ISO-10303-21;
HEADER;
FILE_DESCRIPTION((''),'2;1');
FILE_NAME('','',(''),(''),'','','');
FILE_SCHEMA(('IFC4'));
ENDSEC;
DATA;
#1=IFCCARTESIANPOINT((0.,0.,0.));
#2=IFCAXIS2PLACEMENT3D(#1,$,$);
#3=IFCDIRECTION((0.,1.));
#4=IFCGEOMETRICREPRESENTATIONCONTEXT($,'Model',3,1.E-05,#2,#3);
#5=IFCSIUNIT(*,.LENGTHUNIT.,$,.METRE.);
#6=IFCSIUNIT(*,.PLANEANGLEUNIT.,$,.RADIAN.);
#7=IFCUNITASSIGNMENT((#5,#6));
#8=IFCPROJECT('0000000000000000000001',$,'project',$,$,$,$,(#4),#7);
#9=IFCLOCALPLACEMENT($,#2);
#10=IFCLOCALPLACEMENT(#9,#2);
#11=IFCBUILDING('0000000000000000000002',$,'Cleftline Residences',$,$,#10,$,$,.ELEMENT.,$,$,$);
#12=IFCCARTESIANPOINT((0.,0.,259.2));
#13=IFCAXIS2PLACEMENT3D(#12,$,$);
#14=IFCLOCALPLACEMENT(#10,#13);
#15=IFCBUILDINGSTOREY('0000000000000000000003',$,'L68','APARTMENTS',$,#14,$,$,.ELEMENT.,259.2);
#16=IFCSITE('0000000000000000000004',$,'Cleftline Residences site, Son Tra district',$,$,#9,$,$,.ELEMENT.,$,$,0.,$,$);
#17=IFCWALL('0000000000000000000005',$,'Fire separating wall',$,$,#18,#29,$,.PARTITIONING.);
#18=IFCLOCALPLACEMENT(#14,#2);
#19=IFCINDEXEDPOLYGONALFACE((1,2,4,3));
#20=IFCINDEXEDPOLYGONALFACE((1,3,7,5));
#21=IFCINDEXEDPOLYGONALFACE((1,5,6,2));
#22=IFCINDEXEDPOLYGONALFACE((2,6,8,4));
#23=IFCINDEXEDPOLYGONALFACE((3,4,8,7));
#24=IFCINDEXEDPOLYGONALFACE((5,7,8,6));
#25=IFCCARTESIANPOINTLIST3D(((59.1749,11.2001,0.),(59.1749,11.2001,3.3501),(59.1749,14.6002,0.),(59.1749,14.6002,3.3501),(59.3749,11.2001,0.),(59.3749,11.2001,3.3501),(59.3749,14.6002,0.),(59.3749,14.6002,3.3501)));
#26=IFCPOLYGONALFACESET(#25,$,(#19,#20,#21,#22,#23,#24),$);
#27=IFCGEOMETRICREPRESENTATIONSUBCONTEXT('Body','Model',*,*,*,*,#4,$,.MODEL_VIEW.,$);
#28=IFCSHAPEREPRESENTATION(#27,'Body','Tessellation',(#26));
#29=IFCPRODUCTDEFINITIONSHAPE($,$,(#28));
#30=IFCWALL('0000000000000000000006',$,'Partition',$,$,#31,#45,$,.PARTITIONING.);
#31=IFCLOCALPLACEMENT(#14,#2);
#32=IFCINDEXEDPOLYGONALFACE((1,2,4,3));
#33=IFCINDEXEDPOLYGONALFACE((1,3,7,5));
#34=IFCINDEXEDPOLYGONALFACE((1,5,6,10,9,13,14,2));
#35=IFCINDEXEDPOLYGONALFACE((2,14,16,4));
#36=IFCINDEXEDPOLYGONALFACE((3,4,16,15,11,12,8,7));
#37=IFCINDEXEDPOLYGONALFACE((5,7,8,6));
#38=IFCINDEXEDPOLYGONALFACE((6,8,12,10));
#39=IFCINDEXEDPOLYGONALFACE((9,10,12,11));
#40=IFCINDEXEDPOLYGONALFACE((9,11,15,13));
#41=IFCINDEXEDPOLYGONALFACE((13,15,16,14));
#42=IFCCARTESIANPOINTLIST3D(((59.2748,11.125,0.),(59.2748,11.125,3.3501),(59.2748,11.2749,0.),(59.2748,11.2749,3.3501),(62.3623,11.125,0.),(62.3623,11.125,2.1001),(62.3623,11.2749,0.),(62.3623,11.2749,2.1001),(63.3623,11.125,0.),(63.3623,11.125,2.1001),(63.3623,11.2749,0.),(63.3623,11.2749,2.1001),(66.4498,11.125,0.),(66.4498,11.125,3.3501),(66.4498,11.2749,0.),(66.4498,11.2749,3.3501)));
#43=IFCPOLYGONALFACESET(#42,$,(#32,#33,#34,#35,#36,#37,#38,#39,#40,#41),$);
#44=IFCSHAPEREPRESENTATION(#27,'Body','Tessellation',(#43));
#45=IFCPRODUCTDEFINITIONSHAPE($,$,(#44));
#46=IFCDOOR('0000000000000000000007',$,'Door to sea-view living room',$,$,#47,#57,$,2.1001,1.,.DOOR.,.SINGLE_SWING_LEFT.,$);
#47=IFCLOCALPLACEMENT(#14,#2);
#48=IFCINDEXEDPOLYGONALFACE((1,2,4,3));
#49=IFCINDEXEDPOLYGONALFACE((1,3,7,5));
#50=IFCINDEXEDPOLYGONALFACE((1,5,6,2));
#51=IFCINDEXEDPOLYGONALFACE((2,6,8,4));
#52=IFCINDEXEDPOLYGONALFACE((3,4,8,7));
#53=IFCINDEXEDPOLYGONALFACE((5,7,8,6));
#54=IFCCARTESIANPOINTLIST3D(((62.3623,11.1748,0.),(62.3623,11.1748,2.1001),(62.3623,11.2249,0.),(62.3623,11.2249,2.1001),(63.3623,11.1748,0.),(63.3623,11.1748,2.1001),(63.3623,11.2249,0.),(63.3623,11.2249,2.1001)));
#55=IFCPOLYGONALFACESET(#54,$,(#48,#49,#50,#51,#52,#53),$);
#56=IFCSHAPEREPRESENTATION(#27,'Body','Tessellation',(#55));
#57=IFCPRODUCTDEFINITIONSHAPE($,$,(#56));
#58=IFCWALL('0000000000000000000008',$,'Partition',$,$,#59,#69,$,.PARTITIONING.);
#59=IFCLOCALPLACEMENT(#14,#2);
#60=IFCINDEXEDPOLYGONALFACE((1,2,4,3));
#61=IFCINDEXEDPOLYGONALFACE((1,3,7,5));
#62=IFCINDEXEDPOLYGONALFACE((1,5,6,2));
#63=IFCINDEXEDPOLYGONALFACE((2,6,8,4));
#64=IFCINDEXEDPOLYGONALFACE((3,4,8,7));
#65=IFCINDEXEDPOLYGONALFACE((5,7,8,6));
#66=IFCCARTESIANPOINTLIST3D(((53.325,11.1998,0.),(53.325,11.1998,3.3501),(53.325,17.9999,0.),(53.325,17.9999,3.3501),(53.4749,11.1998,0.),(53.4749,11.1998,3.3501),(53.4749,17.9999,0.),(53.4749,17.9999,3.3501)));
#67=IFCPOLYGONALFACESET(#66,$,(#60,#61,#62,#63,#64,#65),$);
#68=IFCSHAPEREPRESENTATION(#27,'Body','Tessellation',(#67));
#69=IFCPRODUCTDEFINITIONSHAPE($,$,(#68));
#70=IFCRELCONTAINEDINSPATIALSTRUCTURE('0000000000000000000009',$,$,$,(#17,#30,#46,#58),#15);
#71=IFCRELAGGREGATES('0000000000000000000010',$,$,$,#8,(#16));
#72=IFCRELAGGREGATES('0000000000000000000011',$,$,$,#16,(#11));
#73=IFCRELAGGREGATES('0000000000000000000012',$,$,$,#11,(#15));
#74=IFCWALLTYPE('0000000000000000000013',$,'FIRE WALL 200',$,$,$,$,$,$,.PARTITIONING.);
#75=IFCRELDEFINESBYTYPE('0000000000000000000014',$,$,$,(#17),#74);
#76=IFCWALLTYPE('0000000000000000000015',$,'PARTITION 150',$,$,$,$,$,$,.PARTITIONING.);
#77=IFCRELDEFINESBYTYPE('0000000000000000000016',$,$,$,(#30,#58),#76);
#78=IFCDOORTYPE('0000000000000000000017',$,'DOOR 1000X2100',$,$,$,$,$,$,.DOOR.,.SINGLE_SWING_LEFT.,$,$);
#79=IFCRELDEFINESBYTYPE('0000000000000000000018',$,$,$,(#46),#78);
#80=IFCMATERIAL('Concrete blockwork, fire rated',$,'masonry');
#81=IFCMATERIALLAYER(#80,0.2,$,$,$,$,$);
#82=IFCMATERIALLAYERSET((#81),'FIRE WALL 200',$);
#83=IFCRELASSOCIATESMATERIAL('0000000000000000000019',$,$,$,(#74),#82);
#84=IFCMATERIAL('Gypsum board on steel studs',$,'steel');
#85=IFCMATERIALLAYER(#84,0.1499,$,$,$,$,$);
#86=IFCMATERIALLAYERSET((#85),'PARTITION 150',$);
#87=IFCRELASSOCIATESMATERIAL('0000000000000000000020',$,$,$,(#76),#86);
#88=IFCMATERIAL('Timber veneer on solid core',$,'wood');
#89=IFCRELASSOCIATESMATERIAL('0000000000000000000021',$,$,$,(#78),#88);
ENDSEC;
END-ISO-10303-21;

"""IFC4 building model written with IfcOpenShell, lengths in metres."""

from ifc_helpers import new_model, si_unit, direction, frame, frame_2d, origin, place, context, subcontext, project, spatial, rectangle, extrude, material, layer, layer_set, type_object, element, fill, save


model = new_model("IFC4")

# Units and contexts
model_context = context("Model", 3, precision=1e-05, world=origin(), true_north=direction((0.0, 1.0)))
body_context = subcontext(model_context, "Body", "Model", "MODEL_VIEW")
ifc_project = project(units=[si_unit("LENGTHUNIT", "METRE"), si_unit("PLANEANGLEUNIT", "RADIAN")], contexts=[model_context])

# Site, building, storey
site_placement = place(None, origin())
site = spatial("IfcSite", under=ifc_project, at=site_placement, Name="Cleftline Residences site, Son Tra district", CompositionType="ELEMENT", RefElevation=0.0)
building_placement = place(site_placement, origin())
building = spatial("IfcBuilding", under=site, at=building_placement, Name="Cleftline Residences", CompositionType="ELEMENT")
storey_placement = place(building_placement, frame((0.0, 0.0, 259.2)))
storey = spatial("IfcBuildingStorey", under=building, at=storey_placement, Name="L68", Description="APARTMENTS", CompositionType="ELEMENT", Elevation=259.2)

# Shared definitions
ifc_material_1 = material(Name="Concrete blockwork, fire rated", Category="masonry")
ifc_layer_1 = layer(ifc_material_1, 0.2)
ifc_layer_set_1 = layer_set([ifc_layer_1], Name="FIRE WALL 200")
wall_type_1 = type_object("IfcWallType", Name="FIRE WALL 200", PredefinedType="PARTITIONING", material=ifc_layer_set_1)

# Wall
for number, where, z_axis, x_axis, name in (
    (1, (59.2749, 11.2, 0.0), (0.0, 0.0, 1.0), (0.0, 1.0, 0.0), "Fire separating wall"),
):
    element("IfcWall", number, at=place(storey_placement, frame(where, z_axis=z_axis, x_axis=x_axis)), inside=storey, type_object=wall_type_1, Name=name, PredefinedType="PARTITIONING", context=body_context, shape_type="SweptSolid", body=[
        extrude(rectangle(XDim=3.4001, YDim=0.2, at=frame_2d((1.7002, 0.0))), origin(), (0.0, 0.0, 1.0), 3.3501),
    ])

# Wall, opening, door
ifc_material_2 = material(Name="Gypsum board on steel studs", Category="steel")
ifc_layer_2 = layer(ifc_material_2, 0.1499)
ifc_layer_set_2 = layer_set([ifc_layer_2], Name="PARTITION 150")
wall_type_2 = type_object("IfcWallType", Name="PARTITION 150", PredefinedType="PARTITIONING", material=ifc_layer_set_2)
wall_1_placement = place(storey_placement, frame((59.2749, 11.2, 0.0), z_axis=(0.0, 0.0, 1.0), x_axis=(1.0, 0.0, 0.0)))
wall_1 = element("IfcWall", 2, at=wall_1_placement, inside=storey, type_object=wall_type_2, Name="Partition", PredefinedType="PARTITIONING", context=body_context, shape_type="SweptSolid", body=[
    extrude(rectangle(XDim=7.175, YDim=0.1499, at=frame_2d((3.5874, 0.0))), origin(), (0.0, 0.0, 1.0), 3.3501),
])
opening_1_placement = place(wall_1_placement, frame((3.0874, 0.0, 0.0)))
opening_1 = element("IfcOpeningElement", 3, at=opening_1_placement, cuts=wall_1, PredefinedType="OPENING", context=body_context, shape_type="SweptSolid", body=[
    extrude(rectangle(XDim=1.0, YDim=2.1001, at=frame_2d((0.5, 1.05))), frame((0.0, 0.085, 0.0), z_axis=(0.0, -1.0, 0.0), x_axis=(1.0, 0.0, 0.0)), (0.0, 0.0, 1.0), 0.1699),
])
ifc_material_3 = material(Name="Timber veneer on solid core", Category="wood")
door_type_1 = type_object("IfcDoorType", Name="DOOR 1000X2100", OperationType="SINGLE_SWING_LEFT", PredefinedType="DOOR", material=ifc_material_3)
door_1_placement = place(opening_1_placement, origin())
door_1 = element("IfcDoor", 4, at=door_1_placement, inside=storey, type_object=door_type_1, Name="Door to sea-view living room", OperationType="SINGLE_SWING_LEFT", OverallHeight=2.1001, OverallWidth=1.0, PredefinedType="DOOR", context=body_context, shape_type="SweptSolid", body=[
    extrude(rectangle(XDim=1.0, YDim=2.1001, at=frame_2d((0.5, 1.05))), frame((0.0, 0.0249, 0.0), z_axis=(0.0, -1.0, 0.0), x_axis=(1.0, 0.0, 0.0)), (0.0, 0.0, 1.0), 0.05),
])
fill(opening_1, door_1)

# Wall
wall_2_placement = place(storey_placement, frame((53.3999, 11.2, 0.0), z_axis=(0.0, 0.0, 1.0), x_axis=(0.0, 1.0, 0.0)))
element("IfcWall", 5, at=wall_2_placement, inside=storey, type_object=wall_type_2, Name="Partition", PredefinedType="PARTITIONING", context=body_context, shape_type="SweptSolid", body=[
    extrude(rectangle(XDim=6.8, YDim=0.1499, at=frame_2d((3.3999, 0.0))), origin(), (0.0, 0.0, 1.0), 3.3501),
])

save(model, "model.ifc")
